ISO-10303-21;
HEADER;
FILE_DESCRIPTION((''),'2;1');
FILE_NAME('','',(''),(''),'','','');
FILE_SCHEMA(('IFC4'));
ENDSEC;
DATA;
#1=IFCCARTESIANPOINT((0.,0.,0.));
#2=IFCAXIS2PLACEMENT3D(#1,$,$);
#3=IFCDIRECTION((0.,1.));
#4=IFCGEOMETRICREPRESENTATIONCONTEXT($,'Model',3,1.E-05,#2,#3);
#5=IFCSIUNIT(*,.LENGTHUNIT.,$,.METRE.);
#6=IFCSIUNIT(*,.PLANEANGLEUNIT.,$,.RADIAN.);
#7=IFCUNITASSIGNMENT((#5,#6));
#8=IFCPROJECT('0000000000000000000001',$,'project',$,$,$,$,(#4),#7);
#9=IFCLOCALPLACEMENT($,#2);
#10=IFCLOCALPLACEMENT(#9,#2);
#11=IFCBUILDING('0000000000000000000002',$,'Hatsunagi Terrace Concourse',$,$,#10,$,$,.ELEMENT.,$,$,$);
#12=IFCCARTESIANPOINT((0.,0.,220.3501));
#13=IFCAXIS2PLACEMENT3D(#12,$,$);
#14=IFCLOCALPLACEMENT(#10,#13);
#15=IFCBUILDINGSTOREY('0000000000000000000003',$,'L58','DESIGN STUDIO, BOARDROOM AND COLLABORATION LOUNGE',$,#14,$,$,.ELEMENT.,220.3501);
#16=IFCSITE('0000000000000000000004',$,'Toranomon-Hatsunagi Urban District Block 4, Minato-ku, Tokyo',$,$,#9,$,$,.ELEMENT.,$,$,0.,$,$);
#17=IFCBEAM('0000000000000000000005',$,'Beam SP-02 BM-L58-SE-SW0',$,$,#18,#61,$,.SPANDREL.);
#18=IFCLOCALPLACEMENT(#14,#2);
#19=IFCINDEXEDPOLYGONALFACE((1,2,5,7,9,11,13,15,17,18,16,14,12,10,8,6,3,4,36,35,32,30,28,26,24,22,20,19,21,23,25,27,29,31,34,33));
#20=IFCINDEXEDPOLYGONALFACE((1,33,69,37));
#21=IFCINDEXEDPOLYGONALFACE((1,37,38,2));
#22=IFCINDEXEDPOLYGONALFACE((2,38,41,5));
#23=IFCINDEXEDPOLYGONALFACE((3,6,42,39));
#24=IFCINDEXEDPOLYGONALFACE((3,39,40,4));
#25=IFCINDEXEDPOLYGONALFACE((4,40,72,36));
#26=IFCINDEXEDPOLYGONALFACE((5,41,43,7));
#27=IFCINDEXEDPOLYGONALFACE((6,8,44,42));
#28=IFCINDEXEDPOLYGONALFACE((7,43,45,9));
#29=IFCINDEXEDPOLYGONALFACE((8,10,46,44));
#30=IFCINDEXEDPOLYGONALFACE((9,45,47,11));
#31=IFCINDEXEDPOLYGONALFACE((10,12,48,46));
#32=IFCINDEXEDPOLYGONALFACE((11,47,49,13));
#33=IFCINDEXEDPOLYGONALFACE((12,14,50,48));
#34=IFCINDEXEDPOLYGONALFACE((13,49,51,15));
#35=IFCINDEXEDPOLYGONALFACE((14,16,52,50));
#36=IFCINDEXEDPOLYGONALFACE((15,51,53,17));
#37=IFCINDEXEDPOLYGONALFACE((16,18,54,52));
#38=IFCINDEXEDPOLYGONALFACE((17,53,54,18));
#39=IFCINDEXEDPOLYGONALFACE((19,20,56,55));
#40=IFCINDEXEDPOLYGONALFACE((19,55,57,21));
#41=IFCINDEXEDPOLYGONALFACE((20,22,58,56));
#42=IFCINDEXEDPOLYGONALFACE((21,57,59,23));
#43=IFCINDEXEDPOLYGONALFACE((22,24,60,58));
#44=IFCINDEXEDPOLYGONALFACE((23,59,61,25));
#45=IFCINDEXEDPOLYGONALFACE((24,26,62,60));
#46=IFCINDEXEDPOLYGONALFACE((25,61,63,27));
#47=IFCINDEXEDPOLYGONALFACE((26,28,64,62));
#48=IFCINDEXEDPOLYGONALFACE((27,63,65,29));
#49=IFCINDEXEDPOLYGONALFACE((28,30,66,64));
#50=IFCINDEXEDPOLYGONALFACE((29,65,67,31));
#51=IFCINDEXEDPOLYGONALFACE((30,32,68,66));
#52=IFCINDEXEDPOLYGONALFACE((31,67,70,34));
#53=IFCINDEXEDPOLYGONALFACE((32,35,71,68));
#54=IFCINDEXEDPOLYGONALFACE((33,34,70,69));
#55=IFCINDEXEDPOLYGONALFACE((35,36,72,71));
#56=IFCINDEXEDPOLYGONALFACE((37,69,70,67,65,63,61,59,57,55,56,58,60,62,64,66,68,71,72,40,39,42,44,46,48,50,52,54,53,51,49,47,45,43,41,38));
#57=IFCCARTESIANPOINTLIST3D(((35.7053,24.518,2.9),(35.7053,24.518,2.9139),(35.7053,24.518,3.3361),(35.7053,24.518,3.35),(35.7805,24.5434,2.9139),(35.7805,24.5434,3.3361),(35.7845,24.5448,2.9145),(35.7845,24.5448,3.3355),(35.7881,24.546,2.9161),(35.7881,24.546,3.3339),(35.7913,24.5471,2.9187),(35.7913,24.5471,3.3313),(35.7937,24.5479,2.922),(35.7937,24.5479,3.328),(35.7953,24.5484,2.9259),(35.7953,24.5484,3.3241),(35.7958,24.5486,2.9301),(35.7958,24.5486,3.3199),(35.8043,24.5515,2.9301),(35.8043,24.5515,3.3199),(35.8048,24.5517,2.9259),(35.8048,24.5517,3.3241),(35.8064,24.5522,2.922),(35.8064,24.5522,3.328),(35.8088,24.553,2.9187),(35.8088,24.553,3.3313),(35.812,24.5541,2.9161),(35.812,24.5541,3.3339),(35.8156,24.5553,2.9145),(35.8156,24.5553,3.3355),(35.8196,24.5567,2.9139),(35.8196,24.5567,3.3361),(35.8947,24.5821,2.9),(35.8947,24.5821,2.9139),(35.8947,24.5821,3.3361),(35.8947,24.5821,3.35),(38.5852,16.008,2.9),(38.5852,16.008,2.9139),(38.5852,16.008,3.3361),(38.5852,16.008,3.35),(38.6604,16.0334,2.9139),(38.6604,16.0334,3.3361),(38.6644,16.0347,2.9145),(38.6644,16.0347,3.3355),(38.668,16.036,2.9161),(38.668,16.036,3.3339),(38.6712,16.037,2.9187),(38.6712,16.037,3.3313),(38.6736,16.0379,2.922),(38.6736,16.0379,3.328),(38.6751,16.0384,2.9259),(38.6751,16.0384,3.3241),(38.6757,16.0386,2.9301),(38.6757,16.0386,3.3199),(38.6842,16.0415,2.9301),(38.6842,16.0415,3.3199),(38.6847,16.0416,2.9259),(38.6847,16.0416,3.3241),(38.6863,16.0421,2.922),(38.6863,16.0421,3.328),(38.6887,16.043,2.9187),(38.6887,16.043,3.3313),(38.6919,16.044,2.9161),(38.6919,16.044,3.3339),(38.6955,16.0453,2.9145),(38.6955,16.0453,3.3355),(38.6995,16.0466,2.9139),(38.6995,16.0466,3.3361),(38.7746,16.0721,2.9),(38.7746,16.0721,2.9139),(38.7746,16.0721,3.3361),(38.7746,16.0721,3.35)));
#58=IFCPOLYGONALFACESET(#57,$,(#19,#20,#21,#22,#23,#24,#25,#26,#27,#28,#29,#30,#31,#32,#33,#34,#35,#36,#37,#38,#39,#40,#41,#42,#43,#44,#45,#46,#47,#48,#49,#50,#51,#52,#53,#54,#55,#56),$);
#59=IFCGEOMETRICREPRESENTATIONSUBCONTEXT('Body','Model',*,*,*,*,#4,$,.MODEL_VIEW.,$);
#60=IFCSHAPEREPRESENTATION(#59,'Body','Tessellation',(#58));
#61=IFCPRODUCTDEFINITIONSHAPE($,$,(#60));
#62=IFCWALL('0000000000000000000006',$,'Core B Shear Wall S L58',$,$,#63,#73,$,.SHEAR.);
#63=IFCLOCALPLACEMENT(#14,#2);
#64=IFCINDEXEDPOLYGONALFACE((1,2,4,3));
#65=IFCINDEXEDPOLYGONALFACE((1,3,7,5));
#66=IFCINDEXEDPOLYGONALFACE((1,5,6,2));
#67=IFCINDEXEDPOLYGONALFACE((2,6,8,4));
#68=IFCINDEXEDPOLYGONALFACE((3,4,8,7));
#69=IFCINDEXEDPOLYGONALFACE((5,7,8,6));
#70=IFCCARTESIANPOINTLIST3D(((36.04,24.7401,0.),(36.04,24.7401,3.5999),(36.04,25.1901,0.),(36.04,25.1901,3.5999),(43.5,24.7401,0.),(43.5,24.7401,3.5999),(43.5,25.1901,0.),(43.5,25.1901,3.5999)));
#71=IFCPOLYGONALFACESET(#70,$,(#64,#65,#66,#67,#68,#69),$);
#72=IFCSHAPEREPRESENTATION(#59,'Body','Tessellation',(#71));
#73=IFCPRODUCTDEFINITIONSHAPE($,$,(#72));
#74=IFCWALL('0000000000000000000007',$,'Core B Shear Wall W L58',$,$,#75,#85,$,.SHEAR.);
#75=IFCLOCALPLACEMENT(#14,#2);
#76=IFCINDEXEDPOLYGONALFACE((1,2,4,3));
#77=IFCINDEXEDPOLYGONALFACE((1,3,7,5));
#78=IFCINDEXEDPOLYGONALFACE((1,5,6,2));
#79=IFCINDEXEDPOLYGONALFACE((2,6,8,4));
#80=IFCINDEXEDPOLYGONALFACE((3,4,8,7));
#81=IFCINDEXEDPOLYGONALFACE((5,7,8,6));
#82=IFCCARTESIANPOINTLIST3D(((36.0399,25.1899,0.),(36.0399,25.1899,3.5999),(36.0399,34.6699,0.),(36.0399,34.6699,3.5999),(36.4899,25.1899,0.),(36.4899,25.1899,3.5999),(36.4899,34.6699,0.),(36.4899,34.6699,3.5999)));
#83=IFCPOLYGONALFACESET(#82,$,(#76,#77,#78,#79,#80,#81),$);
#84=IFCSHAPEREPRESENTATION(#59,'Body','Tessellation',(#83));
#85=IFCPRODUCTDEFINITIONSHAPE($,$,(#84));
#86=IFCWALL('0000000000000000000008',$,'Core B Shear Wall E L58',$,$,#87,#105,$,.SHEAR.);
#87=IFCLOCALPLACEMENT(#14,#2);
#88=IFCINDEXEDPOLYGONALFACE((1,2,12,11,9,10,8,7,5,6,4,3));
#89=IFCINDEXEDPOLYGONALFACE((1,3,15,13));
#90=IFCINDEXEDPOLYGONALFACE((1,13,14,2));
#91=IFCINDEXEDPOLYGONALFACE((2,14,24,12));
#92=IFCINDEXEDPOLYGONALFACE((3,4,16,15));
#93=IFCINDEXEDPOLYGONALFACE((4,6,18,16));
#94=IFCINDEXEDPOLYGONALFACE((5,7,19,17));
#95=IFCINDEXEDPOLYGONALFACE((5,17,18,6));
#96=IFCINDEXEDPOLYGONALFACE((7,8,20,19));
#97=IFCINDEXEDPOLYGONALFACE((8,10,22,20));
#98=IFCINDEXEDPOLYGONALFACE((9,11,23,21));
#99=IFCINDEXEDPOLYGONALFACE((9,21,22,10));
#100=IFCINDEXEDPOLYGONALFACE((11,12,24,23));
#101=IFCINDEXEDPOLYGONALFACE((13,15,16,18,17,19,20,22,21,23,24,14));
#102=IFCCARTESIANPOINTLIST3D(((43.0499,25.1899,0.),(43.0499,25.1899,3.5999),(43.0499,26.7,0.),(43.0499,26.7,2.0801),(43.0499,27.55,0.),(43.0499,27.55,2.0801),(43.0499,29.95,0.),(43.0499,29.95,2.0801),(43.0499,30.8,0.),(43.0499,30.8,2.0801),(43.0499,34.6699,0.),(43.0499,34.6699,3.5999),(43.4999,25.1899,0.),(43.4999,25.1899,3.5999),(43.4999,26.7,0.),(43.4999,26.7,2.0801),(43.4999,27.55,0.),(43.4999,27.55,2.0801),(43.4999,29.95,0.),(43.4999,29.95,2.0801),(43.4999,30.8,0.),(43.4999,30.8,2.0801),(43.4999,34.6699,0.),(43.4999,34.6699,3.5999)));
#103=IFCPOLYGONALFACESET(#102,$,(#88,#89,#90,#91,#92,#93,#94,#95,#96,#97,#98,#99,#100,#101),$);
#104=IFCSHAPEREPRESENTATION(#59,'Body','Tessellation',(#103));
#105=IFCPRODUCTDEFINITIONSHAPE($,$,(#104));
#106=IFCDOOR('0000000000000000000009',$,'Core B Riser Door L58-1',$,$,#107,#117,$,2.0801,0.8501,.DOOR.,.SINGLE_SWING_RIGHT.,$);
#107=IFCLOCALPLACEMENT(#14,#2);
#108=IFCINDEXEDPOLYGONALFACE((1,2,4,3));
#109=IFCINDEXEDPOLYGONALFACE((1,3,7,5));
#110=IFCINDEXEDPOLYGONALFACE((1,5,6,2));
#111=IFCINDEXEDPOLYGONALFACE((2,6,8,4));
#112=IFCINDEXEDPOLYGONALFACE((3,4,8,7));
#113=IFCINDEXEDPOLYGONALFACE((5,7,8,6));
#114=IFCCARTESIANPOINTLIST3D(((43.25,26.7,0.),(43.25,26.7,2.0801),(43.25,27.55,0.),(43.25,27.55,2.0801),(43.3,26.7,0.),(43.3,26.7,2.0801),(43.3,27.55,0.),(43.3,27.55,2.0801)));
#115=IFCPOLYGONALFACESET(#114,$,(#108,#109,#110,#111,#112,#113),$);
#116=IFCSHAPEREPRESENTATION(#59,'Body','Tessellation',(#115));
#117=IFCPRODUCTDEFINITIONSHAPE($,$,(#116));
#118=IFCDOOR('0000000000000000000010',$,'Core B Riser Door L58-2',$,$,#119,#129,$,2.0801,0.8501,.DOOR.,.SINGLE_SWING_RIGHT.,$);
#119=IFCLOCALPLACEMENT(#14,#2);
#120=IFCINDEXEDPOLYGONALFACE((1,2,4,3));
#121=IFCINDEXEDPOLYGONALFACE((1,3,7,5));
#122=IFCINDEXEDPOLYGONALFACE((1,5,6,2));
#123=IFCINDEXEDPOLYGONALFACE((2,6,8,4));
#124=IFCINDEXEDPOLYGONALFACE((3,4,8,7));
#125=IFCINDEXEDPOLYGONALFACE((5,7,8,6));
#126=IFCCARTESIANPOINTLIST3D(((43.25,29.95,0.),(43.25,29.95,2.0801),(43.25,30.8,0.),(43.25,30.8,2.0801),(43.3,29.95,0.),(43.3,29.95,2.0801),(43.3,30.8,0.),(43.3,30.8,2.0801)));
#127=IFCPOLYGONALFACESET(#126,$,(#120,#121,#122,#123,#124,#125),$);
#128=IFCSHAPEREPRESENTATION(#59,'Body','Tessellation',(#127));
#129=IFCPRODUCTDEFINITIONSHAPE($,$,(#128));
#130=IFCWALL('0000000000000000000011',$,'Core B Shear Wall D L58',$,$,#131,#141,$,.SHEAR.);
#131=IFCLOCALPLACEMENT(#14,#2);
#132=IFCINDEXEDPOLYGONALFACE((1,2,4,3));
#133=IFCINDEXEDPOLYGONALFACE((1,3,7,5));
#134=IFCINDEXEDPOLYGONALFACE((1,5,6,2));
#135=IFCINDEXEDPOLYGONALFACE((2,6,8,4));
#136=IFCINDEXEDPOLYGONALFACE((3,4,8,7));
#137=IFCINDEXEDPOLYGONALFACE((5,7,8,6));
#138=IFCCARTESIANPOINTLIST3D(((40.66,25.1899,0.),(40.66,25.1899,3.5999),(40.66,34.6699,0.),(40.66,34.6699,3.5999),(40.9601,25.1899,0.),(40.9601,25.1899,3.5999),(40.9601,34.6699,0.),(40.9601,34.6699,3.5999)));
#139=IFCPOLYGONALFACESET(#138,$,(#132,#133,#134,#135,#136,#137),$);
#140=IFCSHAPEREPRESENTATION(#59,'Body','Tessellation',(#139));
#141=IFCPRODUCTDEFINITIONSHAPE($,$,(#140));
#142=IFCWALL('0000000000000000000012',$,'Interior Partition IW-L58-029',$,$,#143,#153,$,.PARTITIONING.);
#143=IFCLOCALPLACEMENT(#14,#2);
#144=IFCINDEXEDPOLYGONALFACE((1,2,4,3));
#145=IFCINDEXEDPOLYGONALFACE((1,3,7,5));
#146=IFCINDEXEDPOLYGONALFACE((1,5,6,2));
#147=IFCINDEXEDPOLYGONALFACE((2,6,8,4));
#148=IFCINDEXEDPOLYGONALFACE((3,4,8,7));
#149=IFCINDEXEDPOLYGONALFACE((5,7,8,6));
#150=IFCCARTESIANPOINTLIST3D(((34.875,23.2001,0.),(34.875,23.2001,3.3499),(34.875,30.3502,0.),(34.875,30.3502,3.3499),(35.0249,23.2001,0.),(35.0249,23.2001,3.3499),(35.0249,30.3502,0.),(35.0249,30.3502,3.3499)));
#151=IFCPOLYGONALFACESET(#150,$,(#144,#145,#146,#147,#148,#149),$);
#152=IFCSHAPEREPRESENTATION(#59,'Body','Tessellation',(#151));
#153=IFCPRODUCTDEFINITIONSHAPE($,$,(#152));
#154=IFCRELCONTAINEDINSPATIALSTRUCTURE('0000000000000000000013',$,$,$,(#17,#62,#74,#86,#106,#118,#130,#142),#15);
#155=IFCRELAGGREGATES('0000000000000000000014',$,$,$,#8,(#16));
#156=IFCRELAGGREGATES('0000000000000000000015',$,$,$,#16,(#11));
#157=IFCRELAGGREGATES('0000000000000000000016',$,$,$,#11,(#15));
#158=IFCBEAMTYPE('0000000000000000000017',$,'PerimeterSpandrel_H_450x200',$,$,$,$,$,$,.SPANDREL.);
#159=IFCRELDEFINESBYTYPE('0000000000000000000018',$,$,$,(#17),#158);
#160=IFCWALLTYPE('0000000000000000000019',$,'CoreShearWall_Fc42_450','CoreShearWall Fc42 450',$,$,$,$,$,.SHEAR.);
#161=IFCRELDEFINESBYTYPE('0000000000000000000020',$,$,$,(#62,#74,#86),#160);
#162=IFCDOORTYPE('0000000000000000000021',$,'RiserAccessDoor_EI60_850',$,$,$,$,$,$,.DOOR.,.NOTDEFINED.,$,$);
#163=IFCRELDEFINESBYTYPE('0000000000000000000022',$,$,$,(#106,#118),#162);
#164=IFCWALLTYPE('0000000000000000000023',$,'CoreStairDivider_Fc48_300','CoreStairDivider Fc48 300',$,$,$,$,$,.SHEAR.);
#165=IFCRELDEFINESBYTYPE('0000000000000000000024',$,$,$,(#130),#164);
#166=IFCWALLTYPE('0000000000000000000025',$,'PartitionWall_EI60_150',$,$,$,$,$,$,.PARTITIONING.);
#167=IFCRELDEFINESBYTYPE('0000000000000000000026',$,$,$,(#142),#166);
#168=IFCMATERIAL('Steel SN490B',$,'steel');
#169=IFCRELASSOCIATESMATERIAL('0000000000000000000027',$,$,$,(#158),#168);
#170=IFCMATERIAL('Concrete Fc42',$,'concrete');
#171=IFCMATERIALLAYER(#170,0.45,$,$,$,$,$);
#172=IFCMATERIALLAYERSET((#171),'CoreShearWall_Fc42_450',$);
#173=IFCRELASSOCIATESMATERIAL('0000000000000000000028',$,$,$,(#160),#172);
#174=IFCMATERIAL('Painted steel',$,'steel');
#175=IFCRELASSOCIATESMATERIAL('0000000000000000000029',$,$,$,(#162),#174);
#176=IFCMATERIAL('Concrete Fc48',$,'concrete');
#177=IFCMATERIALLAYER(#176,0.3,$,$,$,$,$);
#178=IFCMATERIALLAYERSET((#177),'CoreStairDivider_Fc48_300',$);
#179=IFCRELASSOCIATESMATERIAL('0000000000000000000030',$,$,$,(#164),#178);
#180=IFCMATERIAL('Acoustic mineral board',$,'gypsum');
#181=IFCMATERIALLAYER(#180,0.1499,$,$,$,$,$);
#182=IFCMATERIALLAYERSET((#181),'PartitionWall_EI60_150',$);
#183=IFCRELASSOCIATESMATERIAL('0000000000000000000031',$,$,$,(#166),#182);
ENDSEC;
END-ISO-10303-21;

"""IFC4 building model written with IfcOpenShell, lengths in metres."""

from ifc_helpers import new_model, si_unit, direction, frame, frame_2d, origin, origin_2d, place, context, subcontext, project, spatial, rectangle, i_section, extrude, material, layer, layer_set, material_profile, profile_set, type_object, element, fill, save


model = new_model("IFC4")

# Units and contexts
model_context = context("Model", 3, precision=1e-05, world=origin(), true_north=direction((0.0, 1.0)))
body_context = subcontext(model_context, "Body", "Model", "MODEL_VIEW")
ifc_project = project(units=[si_unit("LENGTHUNIT", "METRE"), si_unit("PLANEANGLEUNIT", "RADIAN")], contexts=[model_context])

# Site, building, storey
site_placement = place(None, origin())
site = spatial("IfcSite", under=ifc_project, at=site_placement, Name="Toranomon-Hatsunagi Urban District Block 4, Minato-ku, Tokyo", CompositionType="ELEMENT", RefElevation=0.0)
building_placement = place(site_placement, origin())
building = spatial("IfcBuilding", under=site, at=building_placement, Name="Hatsunagi Terrace Concourse", CompositionType="ELEMENT")
storey_placement = place(building_placement, frame((0.0, 0.0, 220.3501)))
storey = spatial("IfcBuildingStorey", under=building, at=storey_placement, Name="L58", Description="DESIGN STUDIO, BOARDROOM AND COLLABORATION LOUNGE", CompositionType="ELEMENT", Elevation=220.3501)

# Beam
ifc_material_1 = material(Name="Steel SN490B", Category="steel")
ifc_material_profile_1 = material_profile(ifc_material_1, i_section(OverallWidth=0.2, OverallDepth=0.45, WebThickness=0.009, FlangeThickness=0.0139, FilletRadius=0.0161, at=origin_2d()), Name="H-450x200x9x14")
ifc_profile_set_1 = profile_set([ifc_material_profile_1], Name="Steel SN490B")
beam_type_1 = type_object("IfcBeamType", Name="PerimeterSpandrel_H_450x200", PredefinedType="SPANDREL", material=ifc_profile_set_1)
beam_1_placement = place(storey_placement, frame((35.8, 24.55, 3.125), z_axis=(0.320553, -0.94723, 0.0), x_axis=(0.94723, 0.320553, 0.0)))
element("IfcBeam", 1, at=beam_1_placement, inside=storey, type_object=beam_type_1, Name="Beam SP-02 BM-L58-SE-SW0", PredefinedType="SPANDREL", context=body_context, shape_type="SweptSolid", body=[
    extrude(i_section(OverallWidth=0.2, OverallDepth=0.45, WebThickness=0.009, FlangeThickness=0.0139, FilletRadius=0.0161, at=origin_2d()), origin(), (0.0, 0.0, 1.0), 8.9841),
])

# Walls
ifc_material_2 = material(Name="Concrete Fc42", Category="concrete")
ifc_layer_1 = layer(ifc_material_2, 0.45)
ifc_layer_set_1 = layer_set([ifc_layer_1], Name="CoreShearWall_Fc42_450")
wall_type_1 = type_object("IfcWallType", Name="CoreShearWall_Fc42_450", Description="CoreShearWall Fc42 450", PredefinedType="SHEAR", material=ifc_layer_set_1)
wall_1_placement = place(storey_placement, frame((36.04, 24.9651, 0.0), z_axis=(0.0, 0.0, 1.0), x_axis=(1.0, 0.0, 0.0)))
element("IfcWall", 2, at=wall_1_placement, inside=storey, type_object=wall_type_1, Name="Core B Shear Wall S L58", PredefinedType="SHEAR", context=body_context, shape_type="SweptSolid", body=[
    extrude(rectangle(XDim=7.46, YDim=0.45, at=frame_2d((3.73, 0.0))), origin(), (0.0, 0.0, 1.0), 3.5999),
])
wall_2_placement = place(storey_placement, frame((36.2649, 25.1899, 0.0), z_axis=(0.0, 0.0, 1.0), x_axis=(0.0, 1.0, 0.0)))
element("IfcWall", 3, at=wall_2_placement, inside=storey, type_object=wall_type_1, Name="Core B Shear Wall W L58", PredefinedType="SHEAR", context=body_context, shape_type="SweptSolid", body=[
    extrude(rectangle(XDim=9.48, YDim=0.45, at=frame_2d((4.74, 0.0))), origin(), (0.0, 0.0, 1.0), 3.5999),
])

# Wall, openings, doors
wall_3_placement = place(storey_placement, frame((43.2749, 25.1899, 0.0), z_axis=(0.0, 0.0, 1.0), x_axis=(0.0, 1.0, 0.0)))
wall_3 = element("IfcWall", 4, at=wall_3_placement, inside=storey, type_object=wall_type_1, Name="Core B Shear Wall E L58", PredefinedType="SHEAR", context=body_context, shape_type="SweptSolid", body=[
    extrude(rectangle(XDim=9.48, YDim=0.45, at=frame_2d((4.74, 0.0))), origin(), (0.0, 0.0, 1.0), 3.5999),
])
opening_1_placement = place(wall_3_placement, frame((1.51, 0.0, 0.0)))
opening_1 = element("IfcOpeningElement", 5, at=opening_1_placement, cuts=wall_3, PredefinedType="OPENING", context=body_context, shape_type="SweptSolid", body=[
    extrude(rectangle(XDim=0.8501, YDim=2.0801, at=frame_2d((0.425, 1.04))), frame((0.0, 0.2349, 0.0), z_axis=(0.0, -1.0, 0.0), x_axis=(1.0, 0.0, 0.0)), (0.0, 0.0, 1.0), 0.47),
])
opening_2_placement = place(wall_3_placement, frame((4.76, 0.0, 0.0)))
opening_2 = element("IfcOpeningElement", 6, at=opening_2_placement, cuts=wall_3, PredefinedType="OPENING", context=body_context, shape_type="SweptSolid", body=[
    extrude(rectangle(XDim=0.8501, YDim=2.0801, at=frame_2d((0.425, 1.04))), frame((0.0, 0.2349, 0.0), z_axis=(0.0, -1.0, 0.0), x_axis=(1.0, 0.0, 0.0)), (0.0, 0.0, 1.0), 0.47),
])
ifc_material_3 = material(Name="Painted steel", Category="steel")
door_type_1 = type_object("IfcDoorType", Name="RiserAccessDoor_EI60_850", OperationType="NOTDEFINED", PredefinedType="DOOR", material=ifc_material_3)
door_1_placement = place(opening_1_placement, origin())
door_1 = element("IfcDoor", 7, at=door_1_placement, inside=storey, type_object=door_type_1, Name="Core B Riser Door L58-1", OperationType="SINGLE_SWING_RIGHT", OverallHeight=2.0801, OverallWidth=0.8501, PredefinedType="DOOR", context=body_context, shape_type="SweptSolid", body=[
    extrude(rectangle(XDim=0.8501, YDim=2.0801, at=frame_2d((0.425, 1.04))), frame((0.0, 0.0249, 0.0), z_axis=(0.0, -1.0, 0.0), x_axis=(1.0, 0.0, 0.0)), (0.0, 0.0, 1.0), 0.05),
])
fill(opening_1, door_1)
door_2_placement = place(opening_2_placement, origin())
door_2 = element("IfcDoor", 8, at=door_2_placement, inside=storey, type_object=door_type_1, Name="Core B Riser Door L58-2", OperationType="SINGLE_SWING_RIGHT", OverallHeight=2.0801, OverallWidth=0.8501, PredefinedType="DOOR", context=body_context, shape_type="SweptSolid", body=[
    extrude(rectangle(XDim=0.8501, YDim=2.0801, at=frame_2d((0.425, 1.04))), frame((0.0, 0.0249, 0.0), z_axis=(0.0, -1.0, 0.0), x_axis=(1.0, 0.0, 0.0)), (0.0, 0.0, 1.0), 0.05),
])
fill(opening_2, door_2)

# Walls
ifc_material_4 = material(Name="Concrete Fc48", Category="concrete")
ifc_layer_2 = layer(ifc_material_4, 0.3)
ifc_layer_set_2 = layer_set([ifc_layer_2], Name="CoreStairDivider_Fc48_300")
wall_type_2 = type_object("IfcWallType", Name="CoreStairDivider_Fc48_300", Description="CoreStairDivider Fc48 300", PredefinedType="SHEAR", material=ifc_layer_set_2)
wall_4_placement = place(storey_placement, frame((40.8101, 25.1899, 0.0), z_axis=(0.0, 0.0, 1.0), x_axis=(0.0, 1.0, 0.0)))
element("IfcWall", 9, at=wall_4_placement, inside=storey, type_object=wall_type_2, Name="Core B Shear Wall D L58", PredefinedType="SHEAR", context=body_context, shape_type="SweptSolid", body=[
    extrude(rectangle(XDim=9.48, YDim=0.3, at=frame_2d((4.74, 0.0))), origin(), (0.0, 0.0, 1.0), 3.5999),
])
ifc_material_5 = material(Name="Acoustic mineral board", Category="gypsum")
ifc_layer_3 = layer(ifc_material_5, 0.1499)
ifc_layer_set_3 = layer_set([ifc_layer_3], Name="PartitionWall_EI60_150")
wall_type_3 = type_object("IfcWallType", Name="PartitionWall_EI60_150", PredefinedType="PARTITIONING", material=ifc_layer_set_3)
wall_5_placement = place(storey_placement, frame((34.95, 23.2, 0.0), z_axis=(0.0, 0.0, 1.0), x_axis=(0.0, 1.0, 0.0)))
element("IfcWall", 10, at=wall_5_placement, inside=storey, type_object=wall_type_3, Name="Interior Partition IW-L58-029", PredefinedType="PARTITIONING", context=body_context, shape_type="SweptSolid", body=[
    extrude(rectangle(XDim=7.1501, YDim=0.1499, at=frame_2d((3.5752, 0.0))), origin(), (0.0, 0.0, 1.0), 3.3499),
])

save(model, "model.ifc")
